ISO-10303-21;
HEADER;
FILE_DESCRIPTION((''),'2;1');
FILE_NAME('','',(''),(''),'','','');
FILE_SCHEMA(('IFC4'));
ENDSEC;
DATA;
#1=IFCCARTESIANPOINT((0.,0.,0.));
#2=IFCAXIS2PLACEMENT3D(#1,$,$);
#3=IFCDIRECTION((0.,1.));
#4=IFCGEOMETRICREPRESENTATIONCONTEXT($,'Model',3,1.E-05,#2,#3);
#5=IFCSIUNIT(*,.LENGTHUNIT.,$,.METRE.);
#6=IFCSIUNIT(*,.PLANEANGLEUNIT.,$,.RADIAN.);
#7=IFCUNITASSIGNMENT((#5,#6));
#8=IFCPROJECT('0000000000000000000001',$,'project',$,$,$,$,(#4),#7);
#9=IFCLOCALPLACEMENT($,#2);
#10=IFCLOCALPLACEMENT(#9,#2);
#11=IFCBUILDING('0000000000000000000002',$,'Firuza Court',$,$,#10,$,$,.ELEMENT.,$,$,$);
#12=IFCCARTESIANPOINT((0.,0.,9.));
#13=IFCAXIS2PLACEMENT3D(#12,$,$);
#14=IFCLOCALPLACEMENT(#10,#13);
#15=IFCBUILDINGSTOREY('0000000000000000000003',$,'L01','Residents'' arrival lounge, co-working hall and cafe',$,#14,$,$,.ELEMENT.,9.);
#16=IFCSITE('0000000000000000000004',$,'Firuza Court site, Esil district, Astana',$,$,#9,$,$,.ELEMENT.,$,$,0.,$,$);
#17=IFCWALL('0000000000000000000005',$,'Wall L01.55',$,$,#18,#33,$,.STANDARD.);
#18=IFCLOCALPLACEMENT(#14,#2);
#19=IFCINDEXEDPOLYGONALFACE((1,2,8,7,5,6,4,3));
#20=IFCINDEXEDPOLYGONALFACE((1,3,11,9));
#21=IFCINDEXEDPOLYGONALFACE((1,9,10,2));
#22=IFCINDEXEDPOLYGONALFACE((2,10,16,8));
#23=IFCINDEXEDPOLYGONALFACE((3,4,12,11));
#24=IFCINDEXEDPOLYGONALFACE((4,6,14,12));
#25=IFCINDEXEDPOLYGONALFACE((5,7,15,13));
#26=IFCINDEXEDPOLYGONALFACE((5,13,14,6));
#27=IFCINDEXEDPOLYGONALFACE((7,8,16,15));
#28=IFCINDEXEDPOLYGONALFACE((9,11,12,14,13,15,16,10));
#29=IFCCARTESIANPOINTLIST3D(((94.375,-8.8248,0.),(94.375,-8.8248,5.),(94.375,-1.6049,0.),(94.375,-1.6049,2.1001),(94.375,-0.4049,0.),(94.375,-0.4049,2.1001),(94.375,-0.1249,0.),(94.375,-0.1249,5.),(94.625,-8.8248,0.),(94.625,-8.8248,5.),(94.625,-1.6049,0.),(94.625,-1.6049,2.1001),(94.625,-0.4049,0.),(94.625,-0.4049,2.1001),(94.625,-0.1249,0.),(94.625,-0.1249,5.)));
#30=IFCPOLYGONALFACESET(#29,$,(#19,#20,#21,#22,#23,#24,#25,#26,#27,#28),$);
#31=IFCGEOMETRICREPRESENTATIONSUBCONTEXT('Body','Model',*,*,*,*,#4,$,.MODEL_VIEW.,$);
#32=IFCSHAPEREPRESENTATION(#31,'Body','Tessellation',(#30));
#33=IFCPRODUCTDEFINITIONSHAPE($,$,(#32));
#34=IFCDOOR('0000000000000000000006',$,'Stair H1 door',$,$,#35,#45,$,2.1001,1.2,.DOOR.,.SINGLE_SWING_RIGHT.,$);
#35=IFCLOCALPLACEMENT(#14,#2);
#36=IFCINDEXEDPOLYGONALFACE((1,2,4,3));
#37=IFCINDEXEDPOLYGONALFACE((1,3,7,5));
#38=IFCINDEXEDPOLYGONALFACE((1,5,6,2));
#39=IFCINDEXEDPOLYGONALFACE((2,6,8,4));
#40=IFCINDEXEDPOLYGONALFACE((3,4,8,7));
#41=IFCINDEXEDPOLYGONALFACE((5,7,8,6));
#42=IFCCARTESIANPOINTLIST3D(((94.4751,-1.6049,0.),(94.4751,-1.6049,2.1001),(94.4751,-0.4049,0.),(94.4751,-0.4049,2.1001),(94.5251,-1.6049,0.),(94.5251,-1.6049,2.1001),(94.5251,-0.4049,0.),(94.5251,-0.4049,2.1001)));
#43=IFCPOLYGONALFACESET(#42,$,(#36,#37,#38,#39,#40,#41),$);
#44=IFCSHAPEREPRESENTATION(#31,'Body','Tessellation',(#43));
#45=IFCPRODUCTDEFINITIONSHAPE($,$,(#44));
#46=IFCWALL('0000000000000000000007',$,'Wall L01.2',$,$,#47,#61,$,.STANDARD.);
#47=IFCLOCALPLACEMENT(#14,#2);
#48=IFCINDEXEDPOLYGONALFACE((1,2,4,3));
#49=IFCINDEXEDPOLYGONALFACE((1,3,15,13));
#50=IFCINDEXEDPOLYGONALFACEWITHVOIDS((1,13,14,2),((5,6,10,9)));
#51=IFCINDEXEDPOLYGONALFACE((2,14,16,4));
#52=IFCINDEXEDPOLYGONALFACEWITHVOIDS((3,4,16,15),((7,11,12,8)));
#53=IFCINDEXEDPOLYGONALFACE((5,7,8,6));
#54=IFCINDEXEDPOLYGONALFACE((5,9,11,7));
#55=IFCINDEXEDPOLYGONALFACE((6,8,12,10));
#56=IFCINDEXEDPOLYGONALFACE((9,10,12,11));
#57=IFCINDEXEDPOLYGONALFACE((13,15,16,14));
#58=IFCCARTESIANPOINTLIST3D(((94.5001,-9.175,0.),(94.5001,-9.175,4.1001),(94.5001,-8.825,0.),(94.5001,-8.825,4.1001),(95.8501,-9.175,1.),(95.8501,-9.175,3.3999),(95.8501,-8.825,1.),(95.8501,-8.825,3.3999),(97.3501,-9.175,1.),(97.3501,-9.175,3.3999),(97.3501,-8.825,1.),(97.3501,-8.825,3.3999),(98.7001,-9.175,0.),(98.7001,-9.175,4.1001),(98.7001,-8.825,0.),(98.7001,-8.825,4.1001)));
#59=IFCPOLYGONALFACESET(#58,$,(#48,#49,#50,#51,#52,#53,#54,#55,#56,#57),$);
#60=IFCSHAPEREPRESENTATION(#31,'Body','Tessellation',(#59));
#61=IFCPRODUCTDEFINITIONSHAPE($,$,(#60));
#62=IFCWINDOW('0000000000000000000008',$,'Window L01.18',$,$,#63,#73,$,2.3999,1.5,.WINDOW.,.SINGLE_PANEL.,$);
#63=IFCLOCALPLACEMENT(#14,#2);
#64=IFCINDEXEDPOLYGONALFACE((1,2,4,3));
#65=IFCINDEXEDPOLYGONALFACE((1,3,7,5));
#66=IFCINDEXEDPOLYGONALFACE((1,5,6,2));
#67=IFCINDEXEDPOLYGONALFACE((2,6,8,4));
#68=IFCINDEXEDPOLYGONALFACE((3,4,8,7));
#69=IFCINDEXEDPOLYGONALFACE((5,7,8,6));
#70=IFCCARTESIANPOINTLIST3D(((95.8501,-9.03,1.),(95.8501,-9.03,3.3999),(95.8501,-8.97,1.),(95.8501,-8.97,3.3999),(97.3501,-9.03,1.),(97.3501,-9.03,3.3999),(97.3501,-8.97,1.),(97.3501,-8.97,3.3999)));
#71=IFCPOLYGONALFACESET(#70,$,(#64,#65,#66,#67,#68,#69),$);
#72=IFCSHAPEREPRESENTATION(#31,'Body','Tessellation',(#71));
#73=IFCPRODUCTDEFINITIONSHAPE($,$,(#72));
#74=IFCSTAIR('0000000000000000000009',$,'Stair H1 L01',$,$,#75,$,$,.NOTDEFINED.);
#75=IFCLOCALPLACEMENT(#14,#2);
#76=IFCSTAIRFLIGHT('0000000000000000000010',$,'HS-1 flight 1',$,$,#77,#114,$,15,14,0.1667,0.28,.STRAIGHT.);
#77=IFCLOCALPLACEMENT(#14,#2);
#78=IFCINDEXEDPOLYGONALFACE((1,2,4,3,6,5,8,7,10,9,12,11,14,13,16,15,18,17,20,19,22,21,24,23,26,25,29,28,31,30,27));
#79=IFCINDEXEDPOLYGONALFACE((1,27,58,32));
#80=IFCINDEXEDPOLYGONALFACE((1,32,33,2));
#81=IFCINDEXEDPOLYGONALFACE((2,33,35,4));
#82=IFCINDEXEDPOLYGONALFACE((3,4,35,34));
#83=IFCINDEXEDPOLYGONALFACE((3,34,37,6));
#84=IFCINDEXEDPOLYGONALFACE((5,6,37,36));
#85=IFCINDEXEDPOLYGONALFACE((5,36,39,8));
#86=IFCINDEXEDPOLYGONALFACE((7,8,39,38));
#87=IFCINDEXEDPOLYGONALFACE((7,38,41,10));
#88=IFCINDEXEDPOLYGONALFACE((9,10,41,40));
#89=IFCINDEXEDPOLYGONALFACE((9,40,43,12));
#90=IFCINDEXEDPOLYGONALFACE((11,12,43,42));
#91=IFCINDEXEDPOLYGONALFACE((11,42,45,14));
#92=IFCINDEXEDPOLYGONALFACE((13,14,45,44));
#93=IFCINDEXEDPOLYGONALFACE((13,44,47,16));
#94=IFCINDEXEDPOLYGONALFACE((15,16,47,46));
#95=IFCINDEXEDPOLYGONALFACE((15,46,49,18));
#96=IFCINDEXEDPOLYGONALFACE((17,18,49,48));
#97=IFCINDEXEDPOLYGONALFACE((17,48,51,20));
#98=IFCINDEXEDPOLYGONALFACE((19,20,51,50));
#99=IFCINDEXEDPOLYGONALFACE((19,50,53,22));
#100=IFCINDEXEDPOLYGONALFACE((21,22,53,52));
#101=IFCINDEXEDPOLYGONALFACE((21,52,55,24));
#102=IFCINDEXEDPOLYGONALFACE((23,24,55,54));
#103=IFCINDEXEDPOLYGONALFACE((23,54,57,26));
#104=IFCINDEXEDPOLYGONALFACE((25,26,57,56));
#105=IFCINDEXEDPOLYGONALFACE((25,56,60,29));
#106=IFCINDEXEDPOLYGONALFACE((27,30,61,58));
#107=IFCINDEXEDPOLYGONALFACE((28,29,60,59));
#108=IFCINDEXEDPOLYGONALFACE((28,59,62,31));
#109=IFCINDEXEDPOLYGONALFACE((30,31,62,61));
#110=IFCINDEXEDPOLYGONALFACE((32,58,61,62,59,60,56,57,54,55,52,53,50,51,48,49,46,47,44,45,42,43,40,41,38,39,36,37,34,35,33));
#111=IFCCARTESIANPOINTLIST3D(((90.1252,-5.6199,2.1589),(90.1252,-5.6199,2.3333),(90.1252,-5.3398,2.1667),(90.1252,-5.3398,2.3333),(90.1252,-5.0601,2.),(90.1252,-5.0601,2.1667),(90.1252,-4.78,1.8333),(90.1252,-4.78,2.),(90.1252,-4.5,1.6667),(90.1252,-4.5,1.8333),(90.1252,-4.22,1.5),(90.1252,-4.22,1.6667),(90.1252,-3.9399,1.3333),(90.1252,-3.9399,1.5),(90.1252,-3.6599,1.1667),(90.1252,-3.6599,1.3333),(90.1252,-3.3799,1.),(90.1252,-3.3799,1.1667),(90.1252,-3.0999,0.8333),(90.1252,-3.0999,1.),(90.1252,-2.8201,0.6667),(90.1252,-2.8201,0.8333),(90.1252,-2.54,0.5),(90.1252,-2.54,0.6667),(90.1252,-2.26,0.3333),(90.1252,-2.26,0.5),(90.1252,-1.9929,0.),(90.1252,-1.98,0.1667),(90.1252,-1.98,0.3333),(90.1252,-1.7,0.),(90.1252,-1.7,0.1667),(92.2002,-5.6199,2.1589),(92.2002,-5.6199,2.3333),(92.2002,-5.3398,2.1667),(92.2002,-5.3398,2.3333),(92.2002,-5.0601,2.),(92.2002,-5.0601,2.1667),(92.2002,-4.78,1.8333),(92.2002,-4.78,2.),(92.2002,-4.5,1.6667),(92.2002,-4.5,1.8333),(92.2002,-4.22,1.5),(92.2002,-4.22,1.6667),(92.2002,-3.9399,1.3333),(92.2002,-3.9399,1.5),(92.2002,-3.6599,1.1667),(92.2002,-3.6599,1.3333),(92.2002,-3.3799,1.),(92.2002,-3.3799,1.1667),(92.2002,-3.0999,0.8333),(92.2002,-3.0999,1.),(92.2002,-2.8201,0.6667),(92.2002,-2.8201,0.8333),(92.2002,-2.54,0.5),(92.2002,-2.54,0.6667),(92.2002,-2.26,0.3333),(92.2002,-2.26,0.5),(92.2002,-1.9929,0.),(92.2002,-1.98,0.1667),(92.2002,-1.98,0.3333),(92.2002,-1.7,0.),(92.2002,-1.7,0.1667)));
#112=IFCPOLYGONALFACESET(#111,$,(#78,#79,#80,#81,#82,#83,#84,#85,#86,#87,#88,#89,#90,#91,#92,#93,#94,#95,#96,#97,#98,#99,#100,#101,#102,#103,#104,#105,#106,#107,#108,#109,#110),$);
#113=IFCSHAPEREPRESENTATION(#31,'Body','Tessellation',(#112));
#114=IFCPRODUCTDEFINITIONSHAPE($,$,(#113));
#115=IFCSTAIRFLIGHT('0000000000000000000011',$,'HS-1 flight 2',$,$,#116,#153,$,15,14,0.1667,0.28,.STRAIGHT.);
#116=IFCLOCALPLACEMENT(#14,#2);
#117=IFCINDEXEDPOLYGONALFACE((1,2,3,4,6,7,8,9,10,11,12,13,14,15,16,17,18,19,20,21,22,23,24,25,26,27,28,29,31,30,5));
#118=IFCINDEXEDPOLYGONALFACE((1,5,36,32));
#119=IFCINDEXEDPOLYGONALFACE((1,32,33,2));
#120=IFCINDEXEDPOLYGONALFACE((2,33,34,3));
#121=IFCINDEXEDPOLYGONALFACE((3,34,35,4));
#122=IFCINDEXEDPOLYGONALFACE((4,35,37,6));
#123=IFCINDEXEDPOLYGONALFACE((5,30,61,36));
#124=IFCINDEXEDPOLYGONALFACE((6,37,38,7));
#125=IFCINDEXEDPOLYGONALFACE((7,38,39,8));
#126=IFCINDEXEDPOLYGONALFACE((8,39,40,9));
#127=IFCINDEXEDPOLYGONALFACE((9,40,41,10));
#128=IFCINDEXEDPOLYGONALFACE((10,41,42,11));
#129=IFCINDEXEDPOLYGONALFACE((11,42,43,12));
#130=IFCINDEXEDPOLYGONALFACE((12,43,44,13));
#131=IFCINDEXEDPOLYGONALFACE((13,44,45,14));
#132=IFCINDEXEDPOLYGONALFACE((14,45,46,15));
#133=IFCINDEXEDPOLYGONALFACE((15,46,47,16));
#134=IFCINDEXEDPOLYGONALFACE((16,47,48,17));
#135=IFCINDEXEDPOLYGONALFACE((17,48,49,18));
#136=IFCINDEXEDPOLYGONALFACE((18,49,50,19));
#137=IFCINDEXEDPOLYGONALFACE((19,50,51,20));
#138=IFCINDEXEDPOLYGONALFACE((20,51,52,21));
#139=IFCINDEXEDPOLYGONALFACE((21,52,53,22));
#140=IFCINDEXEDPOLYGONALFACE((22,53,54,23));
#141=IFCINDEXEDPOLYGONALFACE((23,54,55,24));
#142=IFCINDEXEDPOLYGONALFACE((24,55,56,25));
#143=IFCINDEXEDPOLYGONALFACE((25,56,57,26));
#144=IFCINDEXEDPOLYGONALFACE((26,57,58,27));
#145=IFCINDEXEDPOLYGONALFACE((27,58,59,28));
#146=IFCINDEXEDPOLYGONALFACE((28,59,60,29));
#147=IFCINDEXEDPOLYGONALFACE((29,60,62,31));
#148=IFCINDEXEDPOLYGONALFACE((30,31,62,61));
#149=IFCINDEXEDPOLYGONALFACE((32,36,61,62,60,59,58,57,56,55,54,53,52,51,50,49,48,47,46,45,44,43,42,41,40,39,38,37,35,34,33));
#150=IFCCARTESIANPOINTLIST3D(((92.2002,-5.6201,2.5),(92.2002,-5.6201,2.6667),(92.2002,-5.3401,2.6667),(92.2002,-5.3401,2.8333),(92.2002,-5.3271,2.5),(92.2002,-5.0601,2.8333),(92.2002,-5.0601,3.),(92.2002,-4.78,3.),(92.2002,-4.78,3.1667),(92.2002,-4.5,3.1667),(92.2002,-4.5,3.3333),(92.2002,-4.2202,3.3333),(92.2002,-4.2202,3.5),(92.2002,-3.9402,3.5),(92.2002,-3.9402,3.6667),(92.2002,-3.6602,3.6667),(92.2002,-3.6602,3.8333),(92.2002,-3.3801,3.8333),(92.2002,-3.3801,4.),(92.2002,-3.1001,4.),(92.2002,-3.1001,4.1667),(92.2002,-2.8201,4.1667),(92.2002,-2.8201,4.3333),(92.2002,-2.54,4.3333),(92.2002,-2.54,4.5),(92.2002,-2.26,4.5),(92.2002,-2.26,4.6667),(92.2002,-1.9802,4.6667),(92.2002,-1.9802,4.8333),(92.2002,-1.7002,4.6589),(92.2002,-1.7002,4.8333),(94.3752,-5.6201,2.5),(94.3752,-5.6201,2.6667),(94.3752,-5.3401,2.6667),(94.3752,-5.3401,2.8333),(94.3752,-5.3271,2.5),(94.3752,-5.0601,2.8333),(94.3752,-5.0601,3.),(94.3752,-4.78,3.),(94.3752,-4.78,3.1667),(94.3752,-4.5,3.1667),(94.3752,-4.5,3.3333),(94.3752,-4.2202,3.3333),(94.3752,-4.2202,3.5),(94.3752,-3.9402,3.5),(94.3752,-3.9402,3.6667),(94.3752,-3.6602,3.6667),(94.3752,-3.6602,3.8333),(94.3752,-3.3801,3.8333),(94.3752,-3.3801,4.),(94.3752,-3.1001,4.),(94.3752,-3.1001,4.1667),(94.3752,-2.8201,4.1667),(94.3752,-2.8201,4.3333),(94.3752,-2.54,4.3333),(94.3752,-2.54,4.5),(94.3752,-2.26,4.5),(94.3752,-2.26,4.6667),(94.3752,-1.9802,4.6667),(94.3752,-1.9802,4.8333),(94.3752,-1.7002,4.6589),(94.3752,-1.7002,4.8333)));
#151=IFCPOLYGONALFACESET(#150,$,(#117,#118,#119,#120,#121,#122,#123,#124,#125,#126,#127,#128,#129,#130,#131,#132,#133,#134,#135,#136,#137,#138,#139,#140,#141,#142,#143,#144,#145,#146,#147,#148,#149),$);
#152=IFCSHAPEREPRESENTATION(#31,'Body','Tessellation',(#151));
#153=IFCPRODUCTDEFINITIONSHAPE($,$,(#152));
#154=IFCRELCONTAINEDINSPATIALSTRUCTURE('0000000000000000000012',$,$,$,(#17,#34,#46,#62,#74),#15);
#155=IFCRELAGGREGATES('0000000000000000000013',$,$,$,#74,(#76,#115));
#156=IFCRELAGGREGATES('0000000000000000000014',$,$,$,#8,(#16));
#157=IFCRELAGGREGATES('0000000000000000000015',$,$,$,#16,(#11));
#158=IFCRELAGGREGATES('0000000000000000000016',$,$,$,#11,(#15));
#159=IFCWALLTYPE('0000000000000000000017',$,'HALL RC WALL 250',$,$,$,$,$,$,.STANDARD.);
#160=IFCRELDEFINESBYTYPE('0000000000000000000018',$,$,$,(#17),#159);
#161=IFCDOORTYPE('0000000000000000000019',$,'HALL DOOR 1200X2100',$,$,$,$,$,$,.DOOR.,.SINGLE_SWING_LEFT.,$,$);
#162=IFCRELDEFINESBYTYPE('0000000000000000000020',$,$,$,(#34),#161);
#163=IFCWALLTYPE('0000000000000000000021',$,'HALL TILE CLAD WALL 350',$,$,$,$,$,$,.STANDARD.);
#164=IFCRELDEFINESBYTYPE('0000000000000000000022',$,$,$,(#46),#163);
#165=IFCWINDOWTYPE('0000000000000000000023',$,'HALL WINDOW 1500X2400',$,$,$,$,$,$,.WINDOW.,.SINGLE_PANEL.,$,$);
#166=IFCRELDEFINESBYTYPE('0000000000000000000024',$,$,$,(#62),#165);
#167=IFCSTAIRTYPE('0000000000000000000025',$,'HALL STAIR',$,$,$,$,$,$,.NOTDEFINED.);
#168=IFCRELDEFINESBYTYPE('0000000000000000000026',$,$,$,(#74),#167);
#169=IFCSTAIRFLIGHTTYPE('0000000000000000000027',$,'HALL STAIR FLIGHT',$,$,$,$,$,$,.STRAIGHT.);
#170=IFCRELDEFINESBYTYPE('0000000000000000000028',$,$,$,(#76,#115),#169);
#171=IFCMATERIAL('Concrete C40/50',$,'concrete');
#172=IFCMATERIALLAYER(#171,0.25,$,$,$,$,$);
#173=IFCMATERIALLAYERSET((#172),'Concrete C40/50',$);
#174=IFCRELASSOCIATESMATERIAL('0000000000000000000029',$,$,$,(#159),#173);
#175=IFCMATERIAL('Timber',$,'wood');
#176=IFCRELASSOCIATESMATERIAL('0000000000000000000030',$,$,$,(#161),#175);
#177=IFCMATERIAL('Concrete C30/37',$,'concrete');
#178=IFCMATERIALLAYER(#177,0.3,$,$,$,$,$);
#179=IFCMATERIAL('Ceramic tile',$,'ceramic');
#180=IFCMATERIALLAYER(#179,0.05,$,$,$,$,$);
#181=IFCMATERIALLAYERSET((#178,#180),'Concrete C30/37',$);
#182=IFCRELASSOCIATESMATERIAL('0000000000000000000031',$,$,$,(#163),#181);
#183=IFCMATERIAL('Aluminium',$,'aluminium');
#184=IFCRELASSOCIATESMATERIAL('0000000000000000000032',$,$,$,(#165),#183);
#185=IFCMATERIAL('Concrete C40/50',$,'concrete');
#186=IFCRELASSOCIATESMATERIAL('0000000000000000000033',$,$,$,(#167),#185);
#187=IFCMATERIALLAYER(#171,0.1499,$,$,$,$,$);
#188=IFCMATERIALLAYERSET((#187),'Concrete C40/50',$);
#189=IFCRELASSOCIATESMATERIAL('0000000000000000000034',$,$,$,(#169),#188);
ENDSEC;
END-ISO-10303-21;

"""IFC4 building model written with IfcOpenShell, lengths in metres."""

from ifc_helpers import new_model, si_unit, direction, frame, frame_2d, origin, place, context, subcontext, project, spatial, polyline, rectangle, outline, extrude, material, layer, layer_set, type_object, element, fill, aggregate, save


model = new_model("IFC4")

# Units and contexts
model_context = context("Model", 3, precision=1e-05, world=origin(), true_north=direction((0.0, 1.0)))
body_context = subcontext(model_context, "Body", "Model", "MODEL_VIEW")
ifc_project = project(units=[si_unit("LENGTHUNIT", "METRE"), si_unit("PLANEANGLEUNIT", "RADIAN")], contexts=[model_context])

# Site, building, storey
site_placement = place(None, origin())
site = spatial("IfcSite", under=ifc_project, at=site_placement, Name="Firuza Court site, Esil district, Astana", CompositionType="ELEMENT", RefElevation=0.0)
building_placement = place(site_placement, origin())
building = spatial("IfcBuilding", under=site, at=building_placement, Name="Firuza Court", CompositionType="ELEMENT")
storey_placement = place(building_placement, frame((0.0, 0.0, 9.0)))
storey = spatial("IfcBuildingStorey", under=building, at=storey_placement, Name="L01", Description="Residents' arrival lounge, co-working hall and cafe", CompositionType="ELEMENT", Elevation=9.0)

# Wall, opening, door
ifc_material_1 = material(Name="Concrete C40/50", Category="concrete")
ifc_layer_1 = layer(ifc_material_1, 0.25)
ifc_layer_set_1 = layer_set([ifc_layer_1], Name="Concrete C40/50")
wall_type_1 = type_object("IfcWallType", Name="HALL RC WALL 250", PredefinedType="STANDARD", material=ifc_layer_set_1)
wall_1_placement = place(storey_placement, frame((94.5, -8.825, 0.0), z_axis=(0.0, 0.0, 1.0), x_axis=(0.0, 1.0, 0.0)))
wall_1 = element("IfcWall", 1, at=wall_1_placement, inside=storey, type_object=wall_type_1, Name="Wall L01.55", PredefinedType="STANDARD", context=body_context, shape_type="SweptSolid", body=[
    extrude(rectangle(XDim=8.7, YDim=0.25, at=frame_2d((4.3501, 0.0))), origin(), (0.0, 0.0, 1.0), 5.0),
])
opening_1_placement = place(wall_1_placement, frame((7.22, 0.0, 0.0)))
opening_1 = element("IfcOpeningElement", 2, at=opening_1_placement, cuts=wall_1, PredefinedType="OPENING", context=body_context, shape_type="SweptSolid", body=[
    extrude(rectangle(XDim=1.2, YDim=2.1001, at=frame_2d((0.6001, 1.05))), frame((0.0, 0.137, 0.0), z_axis=(0.0, -1.0, 0.0), x_axis=(1.0, 0.0, 0.0)), (0.0, 0.0, 1.0), 0.2739),
])
ifc_material_2 = material(Name="Timber", Category="wood")
door_type_1 = type_object("IfcDoorType", Name="HALL DOOR 1200X2100", OperationType="SINGLE_SWING_LEFT", PredefinedType="DOOR", material=ifc_material_2)
door_1_placement = place(opening_1_placement, origin())
door_1 = element("IfcDoor", 3, at=door_1_placement, inside=storey, type_object=door_type_1, Name="Stair H1 door", OperationType="SINGLE_SWING_RIGHT", OverallHeight=2.1001, OverallWidth=1.2, PredefinedType="DOOR", context=body_context, shape_type="SweptSolid", body=[
    extrude(rectangle(XDim=1.2, YDim=2.1001, at=frame_2d((0.6001, 1.05))), frame((0.0, 0.0249, 0.0), z_axis=(0.0, -1.0, 0.0), x_axis=(1.0, 0.0, 0.0)), (0.0, 0.0, 1.0), 0.05),
])
fill(opening_1, door_1)

# Wall, opening, window
ifc_material_3 = material(Name="Concrete C30/37", Category="concrete")
ifc_layer_2 = layer(ifc_material_3, 0.3)
ifc_material_4 = material(Name="Ceramic tile", Category="ceramic")
ifc_layer_3 = layer(ifc_material_4, 0.05)
ifc_layer_set_2 = layer_set([ifc_layer_2, ifc_layer_3], Name="Concrete C30/37")
wall_type_2 = type_object("IfcWallType", Name="HALL TILE CLAD WALL 350", PredefinedType="STANDARD", material=ifc_layer_set_2)
wall_2_placement = place(storey_placement, frame((94.5, -9.0, 0.0), z_axis=(0.0, 0.0, 1.0), x_axis=(1.0, 0.0, 0.0)))
wall_2 = element("IfcWall", 4, at=wall_2_placement, inside=storey, type_object=wall_type_2, Name="Wall L01.2", PredefinedType="STANDARD", context=body_context, shape_type="SweptSolid", body=[
    extrude(rectangle(XDim=4.2, YDim=0.3501, at=frame_2d((2.1001, 0.0))), origin(), (0.0, 0.0, 1.0), 4.1001),
])
opening_2_placement = place(wall_2_placement, frame((1.3501, 0.0, 1.0)))
opening_2 = element("IfcOpeningElement", 5, at=opening_2_placement, cuts=wall_2, PredefinedType="OPENING", context=body_context, shape_type="SweptSolid", body=[
    extrude(rectangle(XDim=1.5, YDim=2.3999, at=frame_2d((0.75, 1.2))), frame((0.0, 0.187, 0.0), z_axis=(0.0, -1.0, 0.0), x_axis=(1.0, 0.0, 0.0)), (0.0, 0.0, 1.0), 0.374),
])
ifc_material_5 = material(Name="Aluminium", Category="aluminium")
window_type = type_object("IfcWindowType", Name="HALL WINDOW 1500X2400", PartitioningType="SINGLE_PANEL", PredefinedType="WINDOW", material=ifc_material_5)
window_placement = place(opening_2_placement, origin())
window = element("IfcWindow", 6, at=window_placement, inside=storey, type_object=window_type, Name="Window L01.18", OverallHeight=2.3999, OverallWidth=1.5, PartitioningType="SINGLE_PANEL", PredefinedType="WINDOW", context=body_context, shape_type="SweptSolid", body=[
    extrude(rectangle(XDim=1.5, YDim=2.3999, at=frame_2d((0.75, 1.2))), frame((0.0, 0.03, 0.0), z_axis=(0.0, -1.0, 0.0), x_axis=(1.0, 0.0, 0.0)), (0.0, 0.0, 1.0), 0.0601),
])
fill(opening_2, window)

# Stair, stair flights
ifc_material_6 = material(Name="Concrete C40/50", Category="concrete")
stair_type = type_object("IfcStairType", Name="HALL STAIR", PredefinedType="NOTDEFINED", material=ifc_material_6)
stair_placement = place(storey_placement, origin())
stair = element("IfcStair", 7, at=stair_placement, inside=storey, type_object=stair_type, Name="Stair H1 L01", PredefinedType="NOTDEFINED")
ifc_layer_4 = layer(ifc_material_1, 0.1499)
ifc_layer_set_3 = layer_set([ifc_layer_4], Name="Concrete C40/50")
stair_flight_type = type_object("IfcStairFlightType", Name="HALL STAIR FLIGHT", PredefinedType="STRAIGHT", material=ifc_layer_set_3)
stair_flight_1_placement = place(storey_placement, frame((91.1626, -1.7, 0.0), z_axis=(0.0, 0.0, 1.0), x_axis=(0.0, -1.0, 0.0)))
stair_flight_1 = element("IfcStairFlight", 8, at=stair_flight_1_placement, type_object=stair_flight_type, Name="HS-1 flight 1", NumberOfRisers=15, NumberOfTreads=14, PredefinedType="STRAIGHT", RiserHeight=0.1667, TreadLength=0.28, context=body_context, shape_type="SweptSolid", body=[
    extrude(outline(polyline([(0.0, 0.0), (0.0, 0.1667), (0.28, 0.1667), (0.28, 0.3333), (0.5601, 0.3333), (0.5601, 0.5), (0.8401, 0.5), (0.8401, 0.6667), (1.1201, 0.6667), (1.1201, 0.8333), (1.3999, 0.8333), (1.3999, 1.0), (1.6799, 1.0), (1.6799, 1.1667), (1.96, 1.1667), (1.96, 1.3333), (2.24, 1.3333), (2.24, 1.5), (2.52, 1.5), (2.52, 1.6667), (2.8, 1.6667), (2.8, 1.8333), (3.0801, 1.8333), (3.0801, 2.0), (3.3601, 2.0), (3.3601, 2.1667), (3.6399, 2.1667), (3.6399, 2.3333), (3.9199, 2.3333), (3.9199, 2.5), (3.9199, 2.1589), (0.293, 0.0), (0.0, 0.0)])), frame((0.0, 1.0376, 0.0), z_axis=(0.0, -1.0, 0.0), x_axis=(1.0, 0.0, 0.0)), (0.0, 0.0, 1.0), 2.075),
])
stair_flight_2_placement = place(storey_placement, frame((93.2876, -5.6201, 2.5), z_axis=(0.0, 0.0, 1.0), x_axis=(0.0, 1.0, 0.0)))
stair_flight_2 = element("IfcStairFlight", 9, at=stair_flight_2_placement, type_object=stair_flight_type, Name="HS-1 flight 2", NumberOfRisers=15, NumberOfTreads=14, PredefinedType="STRAIGHT", RiserHeight=0.1667, TreadLength=0.28, context=body_context, shape_type="SweptSolid", body=[
    extrude(outline(polyline([(0.0, 0.0), (0.0, 0.1667), (0.28, 0.1667), (0.28, 0.3333), (0.5601, 0.3333), (0.5601, 0.5), (0.8401, 0.5), (0.8401, 0.6667), (1.1201, 0.6667), (1.1201, 0.8333), (1.3999, 0.8333), (1.3999, 1.0), (1.6799, 1.0), (1.6799, 1.1667), (1.96, 1.1667), (1.96, 1.3333), (2.24, 1.3333), (2.24, 1.5), (2.52, 1.5), (2.52, 1.6667), (2.8, 1.6667), (2.8, 1.8333), (3.0801, 1.8333), (3.0801, 2.0), (3.3601, 2.0), (3.3601, 2.1667), (3.6399, 2.1667), (3.6399, 2.3333), (3.9199, 2.3333), (3.9199, 2.5), (3.9199, 2.1589), (0.293, 0.0), (0.0, 0.0)])), frame((0.0, 1.0874, 0.0), z_axis=(0.0, -1.0, 0.0), x_axis=(1.0, 0.0, 0.0)), (0.0, 0.0, 1.0), 2.175),
])
aggregate(stair, [stair_flight_1, stair_flight_2])

save(model, "model.ifc")
